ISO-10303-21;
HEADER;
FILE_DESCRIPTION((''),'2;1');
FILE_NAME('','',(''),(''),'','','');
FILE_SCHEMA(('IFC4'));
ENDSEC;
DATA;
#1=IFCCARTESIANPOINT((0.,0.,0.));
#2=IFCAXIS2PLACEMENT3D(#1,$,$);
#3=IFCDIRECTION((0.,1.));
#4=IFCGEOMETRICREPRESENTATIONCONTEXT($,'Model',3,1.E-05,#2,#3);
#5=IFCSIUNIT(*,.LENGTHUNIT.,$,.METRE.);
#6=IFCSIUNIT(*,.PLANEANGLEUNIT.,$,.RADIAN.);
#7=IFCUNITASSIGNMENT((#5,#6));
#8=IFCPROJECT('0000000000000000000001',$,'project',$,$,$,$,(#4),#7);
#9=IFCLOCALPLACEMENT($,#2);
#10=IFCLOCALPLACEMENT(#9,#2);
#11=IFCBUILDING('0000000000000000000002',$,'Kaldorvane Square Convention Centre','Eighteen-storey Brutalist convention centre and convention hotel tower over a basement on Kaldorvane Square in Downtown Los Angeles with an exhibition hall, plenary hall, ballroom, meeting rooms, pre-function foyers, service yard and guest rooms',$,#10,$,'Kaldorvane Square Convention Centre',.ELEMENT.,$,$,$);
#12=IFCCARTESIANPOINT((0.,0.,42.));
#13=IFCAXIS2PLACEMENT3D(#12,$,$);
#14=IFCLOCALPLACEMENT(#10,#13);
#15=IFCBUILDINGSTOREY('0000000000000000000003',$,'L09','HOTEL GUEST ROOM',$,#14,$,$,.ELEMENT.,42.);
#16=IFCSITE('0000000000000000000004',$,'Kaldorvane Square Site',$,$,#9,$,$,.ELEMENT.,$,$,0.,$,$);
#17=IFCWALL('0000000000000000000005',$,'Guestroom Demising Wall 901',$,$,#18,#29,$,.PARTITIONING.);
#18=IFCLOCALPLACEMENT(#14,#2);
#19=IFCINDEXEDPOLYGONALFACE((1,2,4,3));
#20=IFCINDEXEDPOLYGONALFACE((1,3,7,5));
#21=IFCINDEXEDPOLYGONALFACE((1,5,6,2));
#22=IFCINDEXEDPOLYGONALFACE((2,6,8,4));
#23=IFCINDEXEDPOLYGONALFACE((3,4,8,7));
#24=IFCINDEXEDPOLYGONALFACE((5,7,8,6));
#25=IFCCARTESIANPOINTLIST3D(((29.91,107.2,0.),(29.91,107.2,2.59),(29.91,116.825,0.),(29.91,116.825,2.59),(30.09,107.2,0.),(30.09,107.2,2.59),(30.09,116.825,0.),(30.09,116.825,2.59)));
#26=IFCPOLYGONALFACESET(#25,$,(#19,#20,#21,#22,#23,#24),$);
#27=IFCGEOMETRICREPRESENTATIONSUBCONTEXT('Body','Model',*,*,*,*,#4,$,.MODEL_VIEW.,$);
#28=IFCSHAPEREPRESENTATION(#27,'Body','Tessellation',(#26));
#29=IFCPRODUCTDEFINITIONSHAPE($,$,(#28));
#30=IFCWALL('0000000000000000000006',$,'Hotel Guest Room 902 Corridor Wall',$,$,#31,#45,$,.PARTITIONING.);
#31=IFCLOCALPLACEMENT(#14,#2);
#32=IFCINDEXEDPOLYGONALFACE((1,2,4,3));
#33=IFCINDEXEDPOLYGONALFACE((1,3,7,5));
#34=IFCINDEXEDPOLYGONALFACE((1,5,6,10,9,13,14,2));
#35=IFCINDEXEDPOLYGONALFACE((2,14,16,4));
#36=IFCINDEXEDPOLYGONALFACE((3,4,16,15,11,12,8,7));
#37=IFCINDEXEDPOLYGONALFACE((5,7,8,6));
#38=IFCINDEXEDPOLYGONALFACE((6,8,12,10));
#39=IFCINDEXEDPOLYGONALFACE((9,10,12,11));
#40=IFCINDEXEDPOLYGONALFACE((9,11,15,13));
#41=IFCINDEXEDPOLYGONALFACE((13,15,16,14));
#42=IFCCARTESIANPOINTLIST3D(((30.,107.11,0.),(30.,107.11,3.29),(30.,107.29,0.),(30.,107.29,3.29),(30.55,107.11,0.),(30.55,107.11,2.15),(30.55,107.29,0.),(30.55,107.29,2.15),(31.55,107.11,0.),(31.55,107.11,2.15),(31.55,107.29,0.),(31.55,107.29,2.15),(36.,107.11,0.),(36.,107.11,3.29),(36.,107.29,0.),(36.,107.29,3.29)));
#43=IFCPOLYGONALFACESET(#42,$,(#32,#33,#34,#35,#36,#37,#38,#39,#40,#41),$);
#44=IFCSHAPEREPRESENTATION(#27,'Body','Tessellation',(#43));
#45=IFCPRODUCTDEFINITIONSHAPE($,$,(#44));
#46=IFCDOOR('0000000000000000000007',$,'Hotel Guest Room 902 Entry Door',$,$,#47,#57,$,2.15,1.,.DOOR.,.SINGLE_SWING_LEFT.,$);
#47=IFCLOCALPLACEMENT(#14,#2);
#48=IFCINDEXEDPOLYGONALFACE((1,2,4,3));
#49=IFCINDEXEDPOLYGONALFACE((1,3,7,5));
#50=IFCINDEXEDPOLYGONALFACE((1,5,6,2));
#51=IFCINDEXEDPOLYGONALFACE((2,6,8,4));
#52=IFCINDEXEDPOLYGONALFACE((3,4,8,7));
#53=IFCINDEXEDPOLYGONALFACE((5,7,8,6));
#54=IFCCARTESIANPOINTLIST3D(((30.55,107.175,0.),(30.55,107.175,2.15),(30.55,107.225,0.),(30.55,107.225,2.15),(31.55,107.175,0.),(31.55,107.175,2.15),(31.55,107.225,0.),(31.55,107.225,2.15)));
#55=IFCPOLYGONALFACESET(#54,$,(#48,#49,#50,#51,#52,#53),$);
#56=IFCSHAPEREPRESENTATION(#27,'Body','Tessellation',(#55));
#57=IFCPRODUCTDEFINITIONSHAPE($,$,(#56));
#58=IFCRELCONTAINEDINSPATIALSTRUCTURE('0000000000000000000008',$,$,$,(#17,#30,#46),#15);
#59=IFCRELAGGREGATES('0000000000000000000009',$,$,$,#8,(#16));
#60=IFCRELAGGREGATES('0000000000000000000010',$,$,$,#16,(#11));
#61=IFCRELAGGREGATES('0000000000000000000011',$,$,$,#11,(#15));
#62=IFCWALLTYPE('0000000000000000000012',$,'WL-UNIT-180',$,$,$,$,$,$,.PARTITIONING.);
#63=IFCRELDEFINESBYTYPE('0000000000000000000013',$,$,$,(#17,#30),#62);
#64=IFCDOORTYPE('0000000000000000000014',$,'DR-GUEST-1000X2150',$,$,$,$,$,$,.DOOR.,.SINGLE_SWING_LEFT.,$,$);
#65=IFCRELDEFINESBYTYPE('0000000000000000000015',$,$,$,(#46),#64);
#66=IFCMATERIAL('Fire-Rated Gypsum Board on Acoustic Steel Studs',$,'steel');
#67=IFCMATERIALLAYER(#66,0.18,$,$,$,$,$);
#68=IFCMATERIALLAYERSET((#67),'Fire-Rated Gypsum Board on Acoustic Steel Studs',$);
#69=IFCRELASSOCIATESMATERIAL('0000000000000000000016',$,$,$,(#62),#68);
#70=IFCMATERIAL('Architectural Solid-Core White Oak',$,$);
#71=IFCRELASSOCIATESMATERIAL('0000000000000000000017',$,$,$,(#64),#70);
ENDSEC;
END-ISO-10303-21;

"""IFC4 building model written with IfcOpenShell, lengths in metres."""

from ifc_helpers import new_model, si_unit, direction, frame, frame_2d, origin, place, context, subcontext, project, spatial, rectangle, extrude, material, layer, layer_set, type_object, element, fill, save


model = new_model("IFC4")

# Units and contexts
model_context = context("Model", 3, precision=1e-05, world=origin(), true_north=direction((0.0, 1.0)))
body_context = subcontext(model_context, "Body", "Model", "MODEL_VIEW")
ifc_project = project(units=[si_unit("LENGTHUNIT", "METRE"), si_unit("PLANEANGLEUNIT", "RADIAN")], contexts=[model_context])

# Site, building, storey
site_placement = place(None, origin())
site = spatial("IfcSite", under=ifc_project, at=site_placement, Name="Kaldorvane Square Site", CompositionType="ELEMENT", RefElevation=0.0)
building_placement = place(site_placement, origin())
building = spatial("IfcBuilding", under=site, at=building_placement, Name="Kaldorvane Square Convention Centre", Description="Eighteen-storey Brutalist convention centre and convention hotel tower over a basement on Kaldorvane Square in Downtown Los Angeles with an exhibition hall, plenary hall, ballroom, meeting rooms, pre-function foyers, service yard and guest rooms", LongName="Kaldorvane Square Convention Centre", CompositionType="ELEMENT")
storey_placement = place(building_placement, frame((0.0, 0.0, 42.0)))
storey = spatial("IfcBuildingStorey", under=building, at=storey_placement, Name="L09", Description="HOTEL GUEST ROOM", CompositionType="ELEMENT", Elevation=42.0)

# Shared definitions
ifc_material_1 = material(Name="Fire-Rated Gypsum Board on Acoustic Steel Studs", Category="steel")
ifc_material_2 = material(Name="Architectural Solid-Core White Oak")

# Shared definitions
ifc_layer_1 = layer(ifc_material_1, 0.18)
ifc_layer_set_1 = layer_set([ifc_layer_1], Name="Fire-Rated Gypsum Board on Acoustic Steel Studs")
wall_type_1 = type_object("IfcWallType", Name="WL-UNIT-180", PredefinedType="PARTITIONING", material=ifc_layer_set_1)
door_type_1 = type_object("IfcDoorType", Name="DR-GUEST-1000X2150", OperationType="SINGLE_SWING_LEFT", PredefinedType="DOOR", material=ifc_material_2)

# Wall
wall_1_placement = place(storey_placement, frame((30.0, 107.2, 0.0), z_axis=(0.0, 0.0, 1.0), x_axis=(0.0, 1.0, 0.0)))
element("IfcWall", 1, at=wall_1_placement, inside=storey, type_object=wall_type_1, Name="Guestroom Demising Wall 901", PredefinedType="PARTITIONING", context=body_context, shape_type="SweptSolid", body=[
    extrude(rectangle(XDim=9.625, YDim=0.18, at=frame_2d((4.8125, 0.0))), origin(), (0.0, 0.0, 1.0), 2.59),
])

# Wall, opening, door
wall_2_placement = place(storey_placement, frame((30.0, 107.2, 0.0), z_axis=(0.0, 0.0, 1.0), x_axis=(1.0, 0.0, 0.0)))
wall_2 = element("IfcWall", 2, at=wall_2_placement, inside=storey, type_object=wall_type_1, Name="Hotel Guest Room 902 Corridor Wall", PredefinedType="PARTITIONING", context=body_context, shape_type="SweptSolid", body=[
    extrude(rectangle(XDim=6.0, YDim=0.18, at=frame_2d((3.0, 0.0))), origin(), (0.0, 0.0, 1.0), 3.29),
])
opening_1_placement = place(wall_2_placement, frame((0.55, 0.0, 0.0)))
opening_1 = element("IfcOpeningElement", 3, at=opening_1_placement, cuts=wall_2, PredefinedType="OPENING", context=body_context, shape_type="SweptSolid", body=[
    extrude(rectangle(XDim=1.0, YDim=2.15, at=frame_2d((0.5, 1.075))), frame((0.0, 0.105, 0.0), z_axis=(0.0, -1.0, 0.0), x_axis=(1.0, 0.0, 0.0)), (0.0, 0.0, 1.0), 0.21),
])
door_1_placement = place(opening_1_placement, origin())
door_1 = element("IfcDoor", 4, at=door_1_placement, inside=storey, type_object=door_type_1, Name="Hotel Guest Room 902 Entry Door", OperationType="SINGLE_SWING_LEFT", OverallHeight=2.15, OverallWidth=1.0, PredefinedType="DOOR", context=body_context, shape_type="SweptSolid", body=[
    extrude(rectangle(XDim=1.0, YDim=2.15, at=frame_2d((0.5, 1.075))), frame((0.0, 0.025, 0.0), z_axis=(0.0, -1.0, 0.0), x_axis=(1.0, 0.0, 0.0)), (0.0, 0.0, 1.0), 0.05),
])
fill(opening_1, door_1)

save(model, "model.ifc")
